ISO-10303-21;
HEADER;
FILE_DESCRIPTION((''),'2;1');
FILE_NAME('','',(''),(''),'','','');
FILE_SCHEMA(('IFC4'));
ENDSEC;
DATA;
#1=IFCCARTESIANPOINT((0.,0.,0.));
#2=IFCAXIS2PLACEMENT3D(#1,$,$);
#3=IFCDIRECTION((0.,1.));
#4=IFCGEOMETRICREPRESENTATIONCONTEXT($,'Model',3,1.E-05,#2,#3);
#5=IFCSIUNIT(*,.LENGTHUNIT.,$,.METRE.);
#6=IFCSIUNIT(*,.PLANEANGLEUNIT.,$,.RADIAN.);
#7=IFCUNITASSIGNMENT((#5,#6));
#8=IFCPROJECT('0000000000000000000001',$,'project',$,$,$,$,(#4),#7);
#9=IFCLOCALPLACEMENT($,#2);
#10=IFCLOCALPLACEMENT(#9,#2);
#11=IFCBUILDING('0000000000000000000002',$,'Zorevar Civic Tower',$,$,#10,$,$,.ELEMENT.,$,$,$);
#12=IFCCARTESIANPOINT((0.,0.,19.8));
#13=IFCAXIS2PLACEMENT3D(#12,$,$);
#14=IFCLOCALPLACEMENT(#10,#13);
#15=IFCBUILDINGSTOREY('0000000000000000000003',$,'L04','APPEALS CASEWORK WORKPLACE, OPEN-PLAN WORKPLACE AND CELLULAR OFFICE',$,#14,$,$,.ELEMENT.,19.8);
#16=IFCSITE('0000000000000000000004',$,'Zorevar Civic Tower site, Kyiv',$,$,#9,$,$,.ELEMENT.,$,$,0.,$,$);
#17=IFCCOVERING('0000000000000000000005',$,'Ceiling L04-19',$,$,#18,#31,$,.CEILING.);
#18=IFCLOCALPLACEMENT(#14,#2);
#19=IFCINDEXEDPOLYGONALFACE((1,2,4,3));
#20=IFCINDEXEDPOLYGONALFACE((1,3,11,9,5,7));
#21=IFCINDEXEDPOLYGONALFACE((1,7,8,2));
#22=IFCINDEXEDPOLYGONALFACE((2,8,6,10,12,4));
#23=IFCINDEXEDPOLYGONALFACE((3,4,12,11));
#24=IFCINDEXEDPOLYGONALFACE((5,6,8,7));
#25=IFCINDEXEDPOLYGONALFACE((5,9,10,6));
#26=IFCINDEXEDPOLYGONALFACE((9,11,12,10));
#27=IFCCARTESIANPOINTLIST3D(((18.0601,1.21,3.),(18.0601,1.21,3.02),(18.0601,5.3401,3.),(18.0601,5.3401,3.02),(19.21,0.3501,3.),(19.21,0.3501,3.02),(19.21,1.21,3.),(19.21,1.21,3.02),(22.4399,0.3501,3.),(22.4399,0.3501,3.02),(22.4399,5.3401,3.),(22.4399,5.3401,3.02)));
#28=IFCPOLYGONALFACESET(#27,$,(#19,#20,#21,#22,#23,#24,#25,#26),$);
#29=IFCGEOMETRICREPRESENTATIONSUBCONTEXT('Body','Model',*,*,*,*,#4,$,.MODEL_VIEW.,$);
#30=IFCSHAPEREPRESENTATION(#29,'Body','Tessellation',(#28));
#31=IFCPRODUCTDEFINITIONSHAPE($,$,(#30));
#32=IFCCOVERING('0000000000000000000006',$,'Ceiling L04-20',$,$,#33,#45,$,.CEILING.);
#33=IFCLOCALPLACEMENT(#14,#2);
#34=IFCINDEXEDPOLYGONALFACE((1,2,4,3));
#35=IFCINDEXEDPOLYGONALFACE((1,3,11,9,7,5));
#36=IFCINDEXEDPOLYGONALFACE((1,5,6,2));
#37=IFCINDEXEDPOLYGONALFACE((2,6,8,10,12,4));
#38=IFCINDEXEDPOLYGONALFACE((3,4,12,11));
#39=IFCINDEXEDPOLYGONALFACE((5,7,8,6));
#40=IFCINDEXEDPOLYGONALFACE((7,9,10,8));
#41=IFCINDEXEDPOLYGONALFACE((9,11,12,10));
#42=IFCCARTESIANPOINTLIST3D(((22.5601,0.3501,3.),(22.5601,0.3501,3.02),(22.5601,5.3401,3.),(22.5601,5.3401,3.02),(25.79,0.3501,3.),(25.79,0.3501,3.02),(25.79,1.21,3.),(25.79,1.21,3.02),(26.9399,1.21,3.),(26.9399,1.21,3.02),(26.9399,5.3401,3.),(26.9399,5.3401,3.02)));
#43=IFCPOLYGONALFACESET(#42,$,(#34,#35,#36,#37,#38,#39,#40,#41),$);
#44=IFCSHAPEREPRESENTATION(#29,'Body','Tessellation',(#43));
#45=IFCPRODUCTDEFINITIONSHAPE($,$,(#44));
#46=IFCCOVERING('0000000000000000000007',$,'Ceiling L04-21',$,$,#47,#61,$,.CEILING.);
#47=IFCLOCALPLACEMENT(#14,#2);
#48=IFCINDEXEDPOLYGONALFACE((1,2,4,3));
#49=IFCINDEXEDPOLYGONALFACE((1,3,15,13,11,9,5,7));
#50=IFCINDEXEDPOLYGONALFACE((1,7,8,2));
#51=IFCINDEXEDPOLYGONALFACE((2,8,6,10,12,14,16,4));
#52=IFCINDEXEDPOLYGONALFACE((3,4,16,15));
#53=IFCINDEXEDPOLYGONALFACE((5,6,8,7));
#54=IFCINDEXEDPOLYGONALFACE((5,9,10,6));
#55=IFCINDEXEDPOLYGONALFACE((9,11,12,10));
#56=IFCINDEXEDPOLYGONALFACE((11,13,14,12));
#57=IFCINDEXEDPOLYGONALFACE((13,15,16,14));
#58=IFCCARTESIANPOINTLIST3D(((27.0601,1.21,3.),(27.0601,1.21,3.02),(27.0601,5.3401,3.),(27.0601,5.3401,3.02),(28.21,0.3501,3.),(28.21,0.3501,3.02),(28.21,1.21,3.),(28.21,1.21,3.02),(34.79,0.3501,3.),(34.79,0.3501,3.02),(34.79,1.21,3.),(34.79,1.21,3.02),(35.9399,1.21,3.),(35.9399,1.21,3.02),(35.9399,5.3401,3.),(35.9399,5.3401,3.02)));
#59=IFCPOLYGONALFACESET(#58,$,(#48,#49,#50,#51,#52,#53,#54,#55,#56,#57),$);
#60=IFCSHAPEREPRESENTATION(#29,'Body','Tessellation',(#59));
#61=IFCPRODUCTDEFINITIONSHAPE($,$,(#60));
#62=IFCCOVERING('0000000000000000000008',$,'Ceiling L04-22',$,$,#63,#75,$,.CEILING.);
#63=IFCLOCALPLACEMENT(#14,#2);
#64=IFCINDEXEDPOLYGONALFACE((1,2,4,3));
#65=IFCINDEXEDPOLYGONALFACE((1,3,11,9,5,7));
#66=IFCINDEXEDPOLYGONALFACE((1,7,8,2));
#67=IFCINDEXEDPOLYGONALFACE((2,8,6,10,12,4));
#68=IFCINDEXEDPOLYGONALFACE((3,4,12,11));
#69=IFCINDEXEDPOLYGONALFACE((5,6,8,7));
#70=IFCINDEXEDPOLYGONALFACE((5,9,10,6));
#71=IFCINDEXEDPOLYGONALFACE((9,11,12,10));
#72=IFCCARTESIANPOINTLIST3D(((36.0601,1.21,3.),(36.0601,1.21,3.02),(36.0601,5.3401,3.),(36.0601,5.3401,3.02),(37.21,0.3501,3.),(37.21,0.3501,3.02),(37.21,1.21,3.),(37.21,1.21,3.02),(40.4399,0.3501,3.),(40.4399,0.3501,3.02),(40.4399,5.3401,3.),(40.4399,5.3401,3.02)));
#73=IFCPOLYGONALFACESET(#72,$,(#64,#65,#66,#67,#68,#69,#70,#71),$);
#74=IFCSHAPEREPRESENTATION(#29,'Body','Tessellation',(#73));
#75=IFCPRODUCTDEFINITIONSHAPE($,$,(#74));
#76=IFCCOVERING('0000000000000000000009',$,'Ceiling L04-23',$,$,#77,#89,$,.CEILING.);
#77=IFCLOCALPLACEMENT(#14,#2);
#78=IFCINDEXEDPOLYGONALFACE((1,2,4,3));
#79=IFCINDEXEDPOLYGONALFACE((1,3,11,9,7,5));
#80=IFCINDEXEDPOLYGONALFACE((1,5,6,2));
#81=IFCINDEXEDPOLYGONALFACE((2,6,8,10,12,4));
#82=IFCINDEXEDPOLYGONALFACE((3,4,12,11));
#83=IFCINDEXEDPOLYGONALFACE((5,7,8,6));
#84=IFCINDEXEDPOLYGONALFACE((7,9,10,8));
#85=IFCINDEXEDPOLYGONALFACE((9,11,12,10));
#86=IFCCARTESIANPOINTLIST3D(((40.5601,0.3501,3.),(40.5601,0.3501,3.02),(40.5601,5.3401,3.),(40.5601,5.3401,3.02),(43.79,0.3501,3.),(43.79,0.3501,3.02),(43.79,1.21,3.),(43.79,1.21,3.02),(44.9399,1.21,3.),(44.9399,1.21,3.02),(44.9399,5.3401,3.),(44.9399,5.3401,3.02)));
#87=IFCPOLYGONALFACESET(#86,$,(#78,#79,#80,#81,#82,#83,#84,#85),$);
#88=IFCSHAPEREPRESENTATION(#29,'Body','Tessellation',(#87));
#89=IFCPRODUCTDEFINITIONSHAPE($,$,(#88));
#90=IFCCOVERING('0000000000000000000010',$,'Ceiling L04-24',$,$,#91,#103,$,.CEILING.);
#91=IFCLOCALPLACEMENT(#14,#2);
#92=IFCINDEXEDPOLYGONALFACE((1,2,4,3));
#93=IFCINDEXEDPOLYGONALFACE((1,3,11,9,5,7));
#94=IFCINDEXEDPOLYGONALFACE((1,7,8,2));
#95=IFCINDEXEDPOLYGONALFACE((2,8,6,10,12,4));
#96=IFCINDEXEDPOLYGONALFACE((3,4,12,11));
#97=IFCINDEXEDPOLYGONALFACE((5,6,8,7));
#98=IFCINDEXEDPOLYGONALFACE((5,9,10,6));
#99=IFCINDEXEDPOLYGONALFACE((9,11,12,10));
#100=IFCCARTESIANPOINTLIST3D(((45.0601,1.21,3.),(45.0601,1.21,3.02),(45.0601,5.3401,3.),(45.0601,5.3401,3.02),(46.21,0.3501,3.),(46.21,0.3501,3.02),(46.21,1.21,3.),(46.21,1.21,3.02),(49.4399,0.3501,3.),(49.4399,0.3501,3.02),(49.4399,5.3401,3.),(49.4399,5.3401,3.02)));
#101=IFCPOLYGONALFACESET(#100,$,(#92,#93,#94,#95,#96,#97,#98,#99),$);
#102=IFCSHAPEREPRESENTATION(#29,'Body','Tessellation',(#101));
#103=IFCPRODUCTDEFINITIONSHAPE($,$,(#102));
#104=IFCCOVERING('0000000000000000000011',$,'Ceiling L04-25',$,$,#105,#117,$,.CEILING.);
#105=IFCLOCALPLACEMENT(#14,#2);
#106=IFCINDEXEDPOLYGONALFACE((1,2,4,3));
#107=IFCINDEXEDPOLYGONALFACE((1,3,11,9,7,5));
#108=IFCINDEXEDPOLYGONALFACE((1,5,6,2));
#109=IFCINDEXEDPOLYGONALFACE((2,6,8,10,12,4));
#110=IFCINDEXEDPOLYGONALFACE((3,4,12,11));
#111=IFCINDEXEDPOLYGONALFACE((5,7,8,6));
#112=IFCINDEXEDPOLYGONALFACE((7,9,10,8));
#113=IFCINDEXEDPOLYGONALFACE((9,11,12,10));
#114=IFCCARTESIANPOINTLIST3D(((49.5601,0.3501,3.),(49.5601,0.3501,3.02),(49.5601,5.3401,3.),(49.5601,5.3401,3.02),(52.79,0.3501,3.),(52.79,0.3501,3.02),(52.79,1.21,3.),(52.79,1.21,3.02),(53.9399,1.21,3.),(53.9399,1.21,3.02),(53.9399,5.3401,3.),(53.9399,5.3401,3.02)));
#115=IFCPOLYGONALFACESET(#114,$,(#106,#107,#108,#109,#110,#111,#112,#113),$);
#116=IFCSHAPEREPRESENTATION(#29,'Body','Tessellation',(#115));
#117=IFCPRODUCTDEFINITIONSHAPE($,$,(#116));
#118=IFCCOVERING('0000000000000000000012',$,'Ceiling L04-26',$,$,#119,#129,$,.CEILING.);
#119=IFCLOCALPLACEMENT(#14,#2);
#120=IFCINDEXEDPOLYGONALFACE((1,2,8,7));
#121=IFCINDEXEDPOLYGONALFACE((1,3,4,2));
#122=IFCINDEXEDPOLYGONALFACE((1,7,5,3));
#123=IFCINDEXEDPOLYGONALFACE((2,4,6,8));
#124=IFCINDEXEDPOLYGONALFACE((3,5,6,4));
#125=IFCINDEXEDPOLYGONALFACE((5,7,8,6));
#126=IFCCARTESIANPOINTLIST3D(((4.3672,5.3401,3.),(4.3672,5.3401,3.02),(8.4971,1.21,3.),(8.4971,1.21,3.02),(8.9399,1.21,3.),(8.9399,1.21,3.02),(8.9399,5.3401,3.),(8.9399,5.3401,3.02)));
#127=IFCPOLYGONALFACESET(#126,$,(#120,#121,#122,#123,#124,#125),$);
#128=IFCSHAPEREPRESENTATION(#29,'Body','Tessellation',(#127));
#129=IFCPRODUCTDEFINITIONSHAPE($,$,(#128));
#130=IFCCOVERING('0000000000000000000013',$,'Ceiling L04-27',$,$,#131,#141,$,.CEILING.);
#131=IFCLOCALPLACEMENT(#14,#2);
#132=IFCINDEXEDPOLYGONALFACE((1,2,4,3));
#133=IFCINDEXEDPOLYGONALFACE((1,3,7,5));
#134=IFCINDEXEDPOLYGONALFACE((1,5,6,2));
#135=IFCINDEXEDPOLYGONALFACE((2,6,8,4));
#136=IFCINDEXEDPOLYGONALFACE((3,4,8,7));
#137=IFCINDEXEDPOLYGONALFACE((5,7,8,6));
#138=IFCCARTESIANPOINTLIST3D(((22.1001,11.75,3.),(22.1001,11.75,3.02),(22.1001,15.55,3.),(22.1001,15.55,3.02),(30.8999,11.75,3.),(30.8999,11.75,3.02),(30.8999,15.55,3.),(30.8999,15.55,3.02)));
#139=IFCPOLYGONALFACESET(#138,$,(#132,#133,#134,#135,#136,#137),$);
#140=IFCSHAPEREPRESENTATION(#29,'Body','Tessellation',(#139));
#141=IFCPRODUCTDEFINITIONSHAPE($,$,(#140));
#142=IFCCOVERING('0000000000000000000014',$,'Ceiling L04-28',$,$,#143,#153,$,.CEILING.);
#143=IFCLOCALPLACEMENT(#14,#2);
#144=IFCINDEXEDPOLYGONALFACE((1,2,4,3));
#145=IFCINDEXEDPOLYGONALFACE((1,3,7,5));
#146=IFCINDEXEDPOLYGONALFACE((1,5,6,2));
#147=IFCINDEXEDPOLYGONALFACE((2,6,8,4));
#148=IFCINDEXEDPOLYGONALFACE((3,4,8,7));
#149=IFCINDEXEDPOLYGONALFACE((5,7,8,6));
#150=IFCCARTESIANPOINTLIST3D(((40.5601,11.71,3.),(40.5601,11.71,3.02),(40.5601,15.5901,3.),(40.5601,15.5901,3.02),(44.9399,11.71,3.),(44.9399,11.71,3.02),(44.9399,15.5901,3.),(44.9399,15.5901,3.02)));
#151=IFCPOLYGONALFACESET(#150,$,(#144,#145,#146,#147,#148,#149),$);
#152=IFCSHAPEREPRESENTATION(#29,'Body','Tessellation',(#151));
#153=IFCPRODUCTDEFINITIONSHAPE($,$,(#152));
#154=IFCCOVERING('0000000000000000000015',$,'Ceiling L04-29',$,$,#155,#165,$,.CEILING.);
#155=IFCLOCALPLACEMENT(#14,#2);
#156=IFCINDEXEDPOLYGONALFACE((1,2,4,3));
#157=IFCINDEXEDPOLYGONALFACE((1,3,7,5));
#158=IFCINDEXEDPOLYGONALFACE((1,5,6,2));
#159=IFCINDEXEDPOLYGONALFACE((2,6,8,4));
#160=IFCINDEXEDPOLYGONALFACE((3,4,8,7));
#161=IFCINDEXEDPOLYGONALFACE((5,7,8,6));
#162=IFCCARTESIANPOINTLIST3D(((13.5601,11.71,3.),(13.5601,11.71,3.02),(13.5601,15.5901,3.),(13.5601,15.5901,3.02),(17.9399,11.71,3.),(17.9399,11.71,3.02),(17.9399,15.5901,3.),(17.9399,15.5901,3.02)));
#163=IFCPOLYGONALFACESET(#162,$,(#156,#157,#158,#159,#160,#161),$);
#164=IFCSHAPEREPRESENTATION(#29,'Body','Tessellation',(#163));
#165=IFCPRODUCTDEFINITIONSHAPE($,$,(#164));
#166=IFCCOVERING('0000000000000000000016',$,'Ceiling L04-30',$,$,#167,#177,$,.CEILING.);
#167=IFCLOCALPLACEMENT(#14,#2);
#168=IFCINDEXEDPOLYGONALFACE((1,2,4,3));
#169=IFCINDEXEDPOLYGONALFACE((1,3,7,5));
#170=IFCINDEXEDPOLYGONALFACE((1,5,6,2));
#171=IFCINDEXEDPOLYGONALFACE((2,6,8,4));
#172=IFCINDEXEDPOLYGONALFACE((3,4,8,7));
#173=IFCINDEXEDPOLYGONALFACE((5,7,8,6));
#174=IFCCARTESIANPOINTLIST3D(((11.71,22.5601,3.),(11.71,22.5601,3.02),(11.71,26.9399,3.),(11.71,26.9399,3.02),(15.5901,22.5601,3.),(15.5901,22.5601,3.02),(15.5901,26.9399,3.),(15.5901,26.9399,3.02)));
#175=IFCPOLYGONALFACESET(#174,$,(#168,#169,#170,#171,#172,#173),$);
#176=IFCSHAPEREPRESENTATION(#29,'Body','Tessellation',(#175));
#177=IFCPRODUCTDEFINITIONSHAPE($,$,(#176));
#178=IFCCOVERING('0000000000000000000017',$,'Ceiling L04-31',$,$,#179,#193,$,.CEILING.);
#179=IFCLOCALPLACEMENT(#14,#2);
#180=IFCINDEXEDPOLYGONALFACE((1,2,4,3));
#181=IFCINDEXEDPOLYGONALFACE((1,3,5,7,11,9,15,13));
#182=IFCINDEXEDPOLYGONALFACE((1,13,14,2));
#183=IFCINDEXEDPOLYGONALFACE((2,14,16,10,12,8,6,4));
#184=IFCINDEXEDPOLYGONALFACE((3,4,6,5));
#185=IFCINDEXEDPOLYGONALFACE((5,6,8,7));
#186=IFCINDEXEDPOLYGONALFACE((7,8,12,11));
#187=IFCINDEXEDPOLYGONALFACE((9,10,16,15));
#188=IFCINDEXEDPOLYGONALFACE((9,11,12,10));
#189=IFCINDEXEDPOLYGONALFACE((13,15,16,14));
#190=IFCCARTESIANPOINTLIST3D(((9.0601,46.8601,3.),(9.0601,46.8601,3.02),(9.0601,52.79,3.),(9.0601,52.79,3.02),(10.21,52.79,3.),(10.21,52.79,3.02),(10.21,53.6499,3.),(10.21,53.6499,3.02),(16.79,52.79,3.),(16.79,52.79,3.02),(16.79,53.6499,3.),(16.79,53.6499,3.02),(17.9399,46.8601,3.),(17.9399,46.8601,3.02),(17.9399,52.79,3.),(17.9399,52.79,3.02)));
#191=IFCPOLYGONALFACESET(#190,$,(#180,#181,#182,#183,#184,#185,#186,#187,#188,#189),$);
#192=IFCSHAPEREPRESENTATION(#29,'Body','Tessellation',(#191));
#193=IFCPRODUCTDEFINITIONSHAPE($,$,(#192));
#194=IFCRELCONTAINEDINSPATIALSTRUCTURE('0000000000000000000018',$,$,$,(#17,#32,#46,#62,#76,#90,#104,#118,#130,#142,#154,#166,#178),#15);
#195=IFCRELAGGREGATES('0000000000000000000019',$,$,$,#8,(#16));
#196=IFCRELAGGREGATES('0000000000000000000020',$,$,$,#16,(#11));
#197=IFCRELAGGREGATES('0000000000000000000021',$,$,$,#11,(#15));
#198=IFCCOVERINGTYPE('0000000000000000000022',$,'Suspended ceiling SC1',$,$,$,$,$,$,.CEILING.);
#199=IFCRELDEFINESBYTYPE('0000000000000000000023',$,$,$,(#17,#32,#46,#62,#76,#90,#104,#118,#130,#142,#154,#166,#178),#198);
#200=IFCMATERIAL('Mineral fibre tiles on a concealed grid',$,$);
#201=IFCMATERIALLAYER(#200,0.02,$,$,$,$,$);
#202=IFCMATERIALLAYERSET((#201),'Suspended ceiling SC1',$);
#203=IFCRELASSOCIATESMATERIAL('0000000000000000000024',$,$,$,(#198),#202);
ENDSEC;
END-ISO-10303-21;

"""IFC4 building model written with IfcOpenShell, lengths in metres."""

from ifc_helpers import new_model, si_unit, direction, frame, origin, place, context, subcontext, project, spatial, polyline, outline, extrude, material, layer, layer_set, type_object, element, save


model = new_model("IFC4")

# Units and contexts
model_context = context("Model", 3, precision=1e-05, world=origin(), true_north=direction((0.0, 1.0)))
body_context = subcontext(model_context, "Body", "Model", "MODEL_VIEW")
ifc_project = project(units=[si_unit("LENGTHUNIT", "METRE"), si_unit("PLANEANGLEUNIT", "RADIAN")], contexts=[model_context])

# Site, building, storey
site_placement = place(None, origin())
site = spatial("IfcSite", under=ifc_project, at=site_placement, Name="Zorevar Civic Tower site, Kyiv", CompositionType="ELEMENT", RefElevation=0.0)
building_placement = place(site_placement, origin())
building = spatial("IfcBuilding", under=site, at=building_placement, Name="Zorevar Civic Tower", CompositionType="ELEMENT")
storey_placement = place(building_placement, frame((0.0, 0.0, 19.8)))
storey = spatial("IfcBuildingStorey", under=building, at=storey_placement, Name="L04", Description="APPEALS CASEWORK WORKPLACE, OPEN-PLAN WORKPLACE AND CELLULAR OFFICE", CompositionType="ELEMENT", Elevation=19.8)

# Coverings
ifc_material_1 = material(Name="Mineral fibre tiles on a concealed grid")
ifc_layer_1 = layer(ifc_material_1, 0.02)
ifc_layer_set_1 = layer_set([ifc_layer_1], Name="Suspended ceiling SC1")
covering_type_1 = type_object("IfcCoveringType", Name="Suspended ceiling SC1", PredefinedType="CEILING", material=ifc_layer_set_1)
covering_1_placement = place(storey_placement, frame((0.0, 0.0, 3.0)))
element("IfcCovering", 1, at=covering_1_placement, inside=storey, type_object=covering_type_1, Name="Ceiling L04-19", PredefinedType="CEILING", context=body_context, shape_type="SweptSolid", body=[
    extrude(outline(polyline([(22.4399, 5.3401), (22.4399, 0.3501), (19.21, 0.3501), (19.21, 1.21), (18.0601, 1.21), (18.0601, 5.3401), (22.4399, 5.3401)])), origin(), (0.0, 0.0, 1.0), 0.02),
])
covering_2_placement = place(storey_placement, frame((0.0, 0.0, 3.0)))
element("IfcCovering", 2, at=covering_2_placement, inside=storey, type_object=covering_type_1, Name="Ceiling L04-20", PredefinedType="CEILING", context=body_context, shape_type="SweptSolid", body=[
    extrude(outline(polyline([(26.9399, 5.3401), (26.9399, 1.21), (25.79, 1.21), (25.79, 0.3501), (22.5601, 0.3501), (22.5601, 5.3401), (26.9399, 5.3401)])), origin(), (0.0, 0.0, 1.0), 0.02),
])
covering_3_placement = place(storey_placement, frame((0.0, 0.0, 3.0)))
element("IfcCovering", 3, at=covering_3_placement, inside=storey, type_object=covering_type_1, Name="Ceiling L04-21", PredefinedType="CEILING", context=body_context, shape_type="SweptSolid", body=[
    extrude(outline(polyline([(28.21, 0.3501), (28.21, 1.21), (27.0601, 1.21), (27.0601, 5.3401), (35.9399, 5.3401), (35.9399, 1.21), (34.79, 1.21), (34.79, 0.3501), (28.21, 0.3501)])), origin(), (0.0, 0.0, 1.0), 0.02),
])
covering_4_placement = place(storey_placement, frame((0.0, 0.0, 3.0)))
element("IfcCovering", 4, at=covering_4_placement, inside=storey, type_object=covering_type_1, Name="Ceiling L04-22", PredefinedType="CEILING", context=body_context, shape_type="SweptSolid", body=[
    extrude(outline(polyline([(40.4399, 5.3401), (40.4399, 0.3501), (37.21, 0.3501), (37.21, 1.21), (36.0601, 1.21), (36.0601, 5.3401), (40.4399, 5.3401)])), origin(), (0.0, 0.0, 1.0), 0.02),
])
covering_5_placement = place(storey_placement, frame((0.0, 0.0, 3.0)))
element("IfcCovering", 5, at=covering_5_placement, inside=storey, type_object=covering_type_1, Name="Ceiling L04-23", PredefinedType="CEILING", context=body_context, shape_type="SweptSolid", body=[
    extrude(outline(polyline([(44.9399, 5.3401), (44.9399, 1.21), (43.79, 1.21), (43.79, 0.3501), (40.5601, 0.3501), (40.5601, 5.3401), (44.9399, 5.3401)])), origin(), (0.0, 0.0, 1.0), 0.02),
])
covering_6_placement = place(storey_placement, frame((0.0, 0.0, 3.0)))
element("IfcCovering", 6, at=covering_6_placement, inside=storey, type_object=covering_type_1, Name="Ceiling L04-24", PredefinedType="CEILING", context=body_context, shape_type="SweptSolid", body=[
    extrude(outline(polyline([(49.4399, 5.3401), (49.4399, 0.3501), (46.21, 0.3501), (46.21, 1.21), (45.0601, 1.21), (45.0601, 5.3401), (49.4399, 5.3401)])), origin(), (0.0, 0.0, 1.0), 0.02),
])
covering_7_placement = place(storey_placement, frame((0.0, 0.0, 3.0)))
element("IfcCovering", 7, at=covering_7_placement, inside=storey, type_object=covering_type_1, Name="Ceiling L04-25", PredefinedType="CEILING", context=body_context, shape_type="SweptSolid", body=[
    extrude(outline(polyline([(53.9399, 5.3401), (53.9399, 1.21), (52.79, 1.21), (52.79, 0.3501), (49.5601, 0.3501), (49.5601, 5.3401), (53.9399, 5.3401)])), origin(), (0.0, 0.0, 1.0), 0.02),
])
covering_8_placement = place(storey_placement, frame((0.0, 0.0, 3.0)))
element("IfcCovering", 8, at=covering_8_placement, inside=storey, type_object=covering_type_1, Name="Ceiling L04-26", PredefinedType="CEILING", context=body_context, shape_type="SweptSolid", body=[
    extrude(outline(polyline([(8.9399, 5.3401), (8.9399, 1.21), (8.4971, 1.21), (4.3672, 5.3401), (8.9399, 5.3401)])), origin(), (0.0, 0.0, 1.0), 0.02),
])
covering_9_placement = place(storey_placement, frame((0.0, 0.0, 3.0)))
element("IfcCovering", 9, at=covering_9_placement, inside=storey, type_object=covering_type_1, Name="Ceiling L04-27", PredefinedType="CEILING", context=body_context, shape_type="SweptSolid", body=[
    extrude(outline(polyline([(22.1001, 15.55), (30.8999, 15.55), (30.8999, 11.75), (22.1001, 11.75), (22.1001, 15.55)])), origin(), (0.0, 0.0, 1.0), 0.02),
])
covering_10_placement = place(storey_placement, frame((0.0, 0.0, 3.0)))
element("IfcCovering", 10, at=covering_10_placement, inside=storey, type_object=covering_type_1, Name="Ceiling L04-28", PredefinedType="CEILING", context=body_context, shape_type="SweptSolid", body=[
    extrude(outline(polyline([(40.5601, 15.5901), (44.9399, 15.5901), (44.9399, 11.71), (40.5601, 11.71), (40.5601, 15.5901)])), origin(), (0.0, 0.0, 1.0), 0.02),
])
covering_11_placement = place(storey_placement, frame((0.0, 0.0, 3.0)))
element("IfcCovering", 11, at=covering_11_placement, inside=storey, type_object=covering_type_1, Name="Ceiling L04-29", PredefinedType="CEILING", context=body_context, shape_type="SweptSolid", body=[
    extrude(outline(polyline([(17.9399, 15.5901), (17.9399, 11.71), (13.5601, 11.71), (13.5601, 15.5901), (17.9399, 15.5901)])), origin(), (0.0, 0.0, 1.0), 0.02),
])
covering_12_placement = place(storey_placement, frame((0.0, 0.0, 3.0)))
element("IfcCovering", 12, at=covering_12_placement, inside=storey, type_object=covering_type_1, Name="Ceiling L04-30", PredefinedType="CEILING", context=body_context, shape_type="SweptSolid", body=[
    extrude(outline(polyline([(15.5901, 22.5601), (11.71, 22.5601), (11.71, 26.9399), (15.5901, 26.9399), (15.5901, 22.5601)])), origin(), (0.0, 0.0, 1.0), 0.02),
])
covering_13_placement = place(storey_placement, frame((0.0, 0.0, 3.0)))
element("IfcCovering", 13, at=covering_13_placement, inside=storey, type_object=covering_type_1, Name="Ceiling L04-31", PredefinedType="CEILING", context=body_context, shape_type="SweptSolid", body=[
    extrude(outline(polyline([(10.21, 52.79), (10.21, 53.6499), (16.79, 53.6499), (16.79, 52.79), (17.9399, 52.79), (17.9399, 46.8601), (9.0601, 46.8601), (9.0601, 52.79), (10.21, 52.79)])), origin(), (0.0, 0.0, 1.0), 0.02),
])

save(model, "model.ifc")
